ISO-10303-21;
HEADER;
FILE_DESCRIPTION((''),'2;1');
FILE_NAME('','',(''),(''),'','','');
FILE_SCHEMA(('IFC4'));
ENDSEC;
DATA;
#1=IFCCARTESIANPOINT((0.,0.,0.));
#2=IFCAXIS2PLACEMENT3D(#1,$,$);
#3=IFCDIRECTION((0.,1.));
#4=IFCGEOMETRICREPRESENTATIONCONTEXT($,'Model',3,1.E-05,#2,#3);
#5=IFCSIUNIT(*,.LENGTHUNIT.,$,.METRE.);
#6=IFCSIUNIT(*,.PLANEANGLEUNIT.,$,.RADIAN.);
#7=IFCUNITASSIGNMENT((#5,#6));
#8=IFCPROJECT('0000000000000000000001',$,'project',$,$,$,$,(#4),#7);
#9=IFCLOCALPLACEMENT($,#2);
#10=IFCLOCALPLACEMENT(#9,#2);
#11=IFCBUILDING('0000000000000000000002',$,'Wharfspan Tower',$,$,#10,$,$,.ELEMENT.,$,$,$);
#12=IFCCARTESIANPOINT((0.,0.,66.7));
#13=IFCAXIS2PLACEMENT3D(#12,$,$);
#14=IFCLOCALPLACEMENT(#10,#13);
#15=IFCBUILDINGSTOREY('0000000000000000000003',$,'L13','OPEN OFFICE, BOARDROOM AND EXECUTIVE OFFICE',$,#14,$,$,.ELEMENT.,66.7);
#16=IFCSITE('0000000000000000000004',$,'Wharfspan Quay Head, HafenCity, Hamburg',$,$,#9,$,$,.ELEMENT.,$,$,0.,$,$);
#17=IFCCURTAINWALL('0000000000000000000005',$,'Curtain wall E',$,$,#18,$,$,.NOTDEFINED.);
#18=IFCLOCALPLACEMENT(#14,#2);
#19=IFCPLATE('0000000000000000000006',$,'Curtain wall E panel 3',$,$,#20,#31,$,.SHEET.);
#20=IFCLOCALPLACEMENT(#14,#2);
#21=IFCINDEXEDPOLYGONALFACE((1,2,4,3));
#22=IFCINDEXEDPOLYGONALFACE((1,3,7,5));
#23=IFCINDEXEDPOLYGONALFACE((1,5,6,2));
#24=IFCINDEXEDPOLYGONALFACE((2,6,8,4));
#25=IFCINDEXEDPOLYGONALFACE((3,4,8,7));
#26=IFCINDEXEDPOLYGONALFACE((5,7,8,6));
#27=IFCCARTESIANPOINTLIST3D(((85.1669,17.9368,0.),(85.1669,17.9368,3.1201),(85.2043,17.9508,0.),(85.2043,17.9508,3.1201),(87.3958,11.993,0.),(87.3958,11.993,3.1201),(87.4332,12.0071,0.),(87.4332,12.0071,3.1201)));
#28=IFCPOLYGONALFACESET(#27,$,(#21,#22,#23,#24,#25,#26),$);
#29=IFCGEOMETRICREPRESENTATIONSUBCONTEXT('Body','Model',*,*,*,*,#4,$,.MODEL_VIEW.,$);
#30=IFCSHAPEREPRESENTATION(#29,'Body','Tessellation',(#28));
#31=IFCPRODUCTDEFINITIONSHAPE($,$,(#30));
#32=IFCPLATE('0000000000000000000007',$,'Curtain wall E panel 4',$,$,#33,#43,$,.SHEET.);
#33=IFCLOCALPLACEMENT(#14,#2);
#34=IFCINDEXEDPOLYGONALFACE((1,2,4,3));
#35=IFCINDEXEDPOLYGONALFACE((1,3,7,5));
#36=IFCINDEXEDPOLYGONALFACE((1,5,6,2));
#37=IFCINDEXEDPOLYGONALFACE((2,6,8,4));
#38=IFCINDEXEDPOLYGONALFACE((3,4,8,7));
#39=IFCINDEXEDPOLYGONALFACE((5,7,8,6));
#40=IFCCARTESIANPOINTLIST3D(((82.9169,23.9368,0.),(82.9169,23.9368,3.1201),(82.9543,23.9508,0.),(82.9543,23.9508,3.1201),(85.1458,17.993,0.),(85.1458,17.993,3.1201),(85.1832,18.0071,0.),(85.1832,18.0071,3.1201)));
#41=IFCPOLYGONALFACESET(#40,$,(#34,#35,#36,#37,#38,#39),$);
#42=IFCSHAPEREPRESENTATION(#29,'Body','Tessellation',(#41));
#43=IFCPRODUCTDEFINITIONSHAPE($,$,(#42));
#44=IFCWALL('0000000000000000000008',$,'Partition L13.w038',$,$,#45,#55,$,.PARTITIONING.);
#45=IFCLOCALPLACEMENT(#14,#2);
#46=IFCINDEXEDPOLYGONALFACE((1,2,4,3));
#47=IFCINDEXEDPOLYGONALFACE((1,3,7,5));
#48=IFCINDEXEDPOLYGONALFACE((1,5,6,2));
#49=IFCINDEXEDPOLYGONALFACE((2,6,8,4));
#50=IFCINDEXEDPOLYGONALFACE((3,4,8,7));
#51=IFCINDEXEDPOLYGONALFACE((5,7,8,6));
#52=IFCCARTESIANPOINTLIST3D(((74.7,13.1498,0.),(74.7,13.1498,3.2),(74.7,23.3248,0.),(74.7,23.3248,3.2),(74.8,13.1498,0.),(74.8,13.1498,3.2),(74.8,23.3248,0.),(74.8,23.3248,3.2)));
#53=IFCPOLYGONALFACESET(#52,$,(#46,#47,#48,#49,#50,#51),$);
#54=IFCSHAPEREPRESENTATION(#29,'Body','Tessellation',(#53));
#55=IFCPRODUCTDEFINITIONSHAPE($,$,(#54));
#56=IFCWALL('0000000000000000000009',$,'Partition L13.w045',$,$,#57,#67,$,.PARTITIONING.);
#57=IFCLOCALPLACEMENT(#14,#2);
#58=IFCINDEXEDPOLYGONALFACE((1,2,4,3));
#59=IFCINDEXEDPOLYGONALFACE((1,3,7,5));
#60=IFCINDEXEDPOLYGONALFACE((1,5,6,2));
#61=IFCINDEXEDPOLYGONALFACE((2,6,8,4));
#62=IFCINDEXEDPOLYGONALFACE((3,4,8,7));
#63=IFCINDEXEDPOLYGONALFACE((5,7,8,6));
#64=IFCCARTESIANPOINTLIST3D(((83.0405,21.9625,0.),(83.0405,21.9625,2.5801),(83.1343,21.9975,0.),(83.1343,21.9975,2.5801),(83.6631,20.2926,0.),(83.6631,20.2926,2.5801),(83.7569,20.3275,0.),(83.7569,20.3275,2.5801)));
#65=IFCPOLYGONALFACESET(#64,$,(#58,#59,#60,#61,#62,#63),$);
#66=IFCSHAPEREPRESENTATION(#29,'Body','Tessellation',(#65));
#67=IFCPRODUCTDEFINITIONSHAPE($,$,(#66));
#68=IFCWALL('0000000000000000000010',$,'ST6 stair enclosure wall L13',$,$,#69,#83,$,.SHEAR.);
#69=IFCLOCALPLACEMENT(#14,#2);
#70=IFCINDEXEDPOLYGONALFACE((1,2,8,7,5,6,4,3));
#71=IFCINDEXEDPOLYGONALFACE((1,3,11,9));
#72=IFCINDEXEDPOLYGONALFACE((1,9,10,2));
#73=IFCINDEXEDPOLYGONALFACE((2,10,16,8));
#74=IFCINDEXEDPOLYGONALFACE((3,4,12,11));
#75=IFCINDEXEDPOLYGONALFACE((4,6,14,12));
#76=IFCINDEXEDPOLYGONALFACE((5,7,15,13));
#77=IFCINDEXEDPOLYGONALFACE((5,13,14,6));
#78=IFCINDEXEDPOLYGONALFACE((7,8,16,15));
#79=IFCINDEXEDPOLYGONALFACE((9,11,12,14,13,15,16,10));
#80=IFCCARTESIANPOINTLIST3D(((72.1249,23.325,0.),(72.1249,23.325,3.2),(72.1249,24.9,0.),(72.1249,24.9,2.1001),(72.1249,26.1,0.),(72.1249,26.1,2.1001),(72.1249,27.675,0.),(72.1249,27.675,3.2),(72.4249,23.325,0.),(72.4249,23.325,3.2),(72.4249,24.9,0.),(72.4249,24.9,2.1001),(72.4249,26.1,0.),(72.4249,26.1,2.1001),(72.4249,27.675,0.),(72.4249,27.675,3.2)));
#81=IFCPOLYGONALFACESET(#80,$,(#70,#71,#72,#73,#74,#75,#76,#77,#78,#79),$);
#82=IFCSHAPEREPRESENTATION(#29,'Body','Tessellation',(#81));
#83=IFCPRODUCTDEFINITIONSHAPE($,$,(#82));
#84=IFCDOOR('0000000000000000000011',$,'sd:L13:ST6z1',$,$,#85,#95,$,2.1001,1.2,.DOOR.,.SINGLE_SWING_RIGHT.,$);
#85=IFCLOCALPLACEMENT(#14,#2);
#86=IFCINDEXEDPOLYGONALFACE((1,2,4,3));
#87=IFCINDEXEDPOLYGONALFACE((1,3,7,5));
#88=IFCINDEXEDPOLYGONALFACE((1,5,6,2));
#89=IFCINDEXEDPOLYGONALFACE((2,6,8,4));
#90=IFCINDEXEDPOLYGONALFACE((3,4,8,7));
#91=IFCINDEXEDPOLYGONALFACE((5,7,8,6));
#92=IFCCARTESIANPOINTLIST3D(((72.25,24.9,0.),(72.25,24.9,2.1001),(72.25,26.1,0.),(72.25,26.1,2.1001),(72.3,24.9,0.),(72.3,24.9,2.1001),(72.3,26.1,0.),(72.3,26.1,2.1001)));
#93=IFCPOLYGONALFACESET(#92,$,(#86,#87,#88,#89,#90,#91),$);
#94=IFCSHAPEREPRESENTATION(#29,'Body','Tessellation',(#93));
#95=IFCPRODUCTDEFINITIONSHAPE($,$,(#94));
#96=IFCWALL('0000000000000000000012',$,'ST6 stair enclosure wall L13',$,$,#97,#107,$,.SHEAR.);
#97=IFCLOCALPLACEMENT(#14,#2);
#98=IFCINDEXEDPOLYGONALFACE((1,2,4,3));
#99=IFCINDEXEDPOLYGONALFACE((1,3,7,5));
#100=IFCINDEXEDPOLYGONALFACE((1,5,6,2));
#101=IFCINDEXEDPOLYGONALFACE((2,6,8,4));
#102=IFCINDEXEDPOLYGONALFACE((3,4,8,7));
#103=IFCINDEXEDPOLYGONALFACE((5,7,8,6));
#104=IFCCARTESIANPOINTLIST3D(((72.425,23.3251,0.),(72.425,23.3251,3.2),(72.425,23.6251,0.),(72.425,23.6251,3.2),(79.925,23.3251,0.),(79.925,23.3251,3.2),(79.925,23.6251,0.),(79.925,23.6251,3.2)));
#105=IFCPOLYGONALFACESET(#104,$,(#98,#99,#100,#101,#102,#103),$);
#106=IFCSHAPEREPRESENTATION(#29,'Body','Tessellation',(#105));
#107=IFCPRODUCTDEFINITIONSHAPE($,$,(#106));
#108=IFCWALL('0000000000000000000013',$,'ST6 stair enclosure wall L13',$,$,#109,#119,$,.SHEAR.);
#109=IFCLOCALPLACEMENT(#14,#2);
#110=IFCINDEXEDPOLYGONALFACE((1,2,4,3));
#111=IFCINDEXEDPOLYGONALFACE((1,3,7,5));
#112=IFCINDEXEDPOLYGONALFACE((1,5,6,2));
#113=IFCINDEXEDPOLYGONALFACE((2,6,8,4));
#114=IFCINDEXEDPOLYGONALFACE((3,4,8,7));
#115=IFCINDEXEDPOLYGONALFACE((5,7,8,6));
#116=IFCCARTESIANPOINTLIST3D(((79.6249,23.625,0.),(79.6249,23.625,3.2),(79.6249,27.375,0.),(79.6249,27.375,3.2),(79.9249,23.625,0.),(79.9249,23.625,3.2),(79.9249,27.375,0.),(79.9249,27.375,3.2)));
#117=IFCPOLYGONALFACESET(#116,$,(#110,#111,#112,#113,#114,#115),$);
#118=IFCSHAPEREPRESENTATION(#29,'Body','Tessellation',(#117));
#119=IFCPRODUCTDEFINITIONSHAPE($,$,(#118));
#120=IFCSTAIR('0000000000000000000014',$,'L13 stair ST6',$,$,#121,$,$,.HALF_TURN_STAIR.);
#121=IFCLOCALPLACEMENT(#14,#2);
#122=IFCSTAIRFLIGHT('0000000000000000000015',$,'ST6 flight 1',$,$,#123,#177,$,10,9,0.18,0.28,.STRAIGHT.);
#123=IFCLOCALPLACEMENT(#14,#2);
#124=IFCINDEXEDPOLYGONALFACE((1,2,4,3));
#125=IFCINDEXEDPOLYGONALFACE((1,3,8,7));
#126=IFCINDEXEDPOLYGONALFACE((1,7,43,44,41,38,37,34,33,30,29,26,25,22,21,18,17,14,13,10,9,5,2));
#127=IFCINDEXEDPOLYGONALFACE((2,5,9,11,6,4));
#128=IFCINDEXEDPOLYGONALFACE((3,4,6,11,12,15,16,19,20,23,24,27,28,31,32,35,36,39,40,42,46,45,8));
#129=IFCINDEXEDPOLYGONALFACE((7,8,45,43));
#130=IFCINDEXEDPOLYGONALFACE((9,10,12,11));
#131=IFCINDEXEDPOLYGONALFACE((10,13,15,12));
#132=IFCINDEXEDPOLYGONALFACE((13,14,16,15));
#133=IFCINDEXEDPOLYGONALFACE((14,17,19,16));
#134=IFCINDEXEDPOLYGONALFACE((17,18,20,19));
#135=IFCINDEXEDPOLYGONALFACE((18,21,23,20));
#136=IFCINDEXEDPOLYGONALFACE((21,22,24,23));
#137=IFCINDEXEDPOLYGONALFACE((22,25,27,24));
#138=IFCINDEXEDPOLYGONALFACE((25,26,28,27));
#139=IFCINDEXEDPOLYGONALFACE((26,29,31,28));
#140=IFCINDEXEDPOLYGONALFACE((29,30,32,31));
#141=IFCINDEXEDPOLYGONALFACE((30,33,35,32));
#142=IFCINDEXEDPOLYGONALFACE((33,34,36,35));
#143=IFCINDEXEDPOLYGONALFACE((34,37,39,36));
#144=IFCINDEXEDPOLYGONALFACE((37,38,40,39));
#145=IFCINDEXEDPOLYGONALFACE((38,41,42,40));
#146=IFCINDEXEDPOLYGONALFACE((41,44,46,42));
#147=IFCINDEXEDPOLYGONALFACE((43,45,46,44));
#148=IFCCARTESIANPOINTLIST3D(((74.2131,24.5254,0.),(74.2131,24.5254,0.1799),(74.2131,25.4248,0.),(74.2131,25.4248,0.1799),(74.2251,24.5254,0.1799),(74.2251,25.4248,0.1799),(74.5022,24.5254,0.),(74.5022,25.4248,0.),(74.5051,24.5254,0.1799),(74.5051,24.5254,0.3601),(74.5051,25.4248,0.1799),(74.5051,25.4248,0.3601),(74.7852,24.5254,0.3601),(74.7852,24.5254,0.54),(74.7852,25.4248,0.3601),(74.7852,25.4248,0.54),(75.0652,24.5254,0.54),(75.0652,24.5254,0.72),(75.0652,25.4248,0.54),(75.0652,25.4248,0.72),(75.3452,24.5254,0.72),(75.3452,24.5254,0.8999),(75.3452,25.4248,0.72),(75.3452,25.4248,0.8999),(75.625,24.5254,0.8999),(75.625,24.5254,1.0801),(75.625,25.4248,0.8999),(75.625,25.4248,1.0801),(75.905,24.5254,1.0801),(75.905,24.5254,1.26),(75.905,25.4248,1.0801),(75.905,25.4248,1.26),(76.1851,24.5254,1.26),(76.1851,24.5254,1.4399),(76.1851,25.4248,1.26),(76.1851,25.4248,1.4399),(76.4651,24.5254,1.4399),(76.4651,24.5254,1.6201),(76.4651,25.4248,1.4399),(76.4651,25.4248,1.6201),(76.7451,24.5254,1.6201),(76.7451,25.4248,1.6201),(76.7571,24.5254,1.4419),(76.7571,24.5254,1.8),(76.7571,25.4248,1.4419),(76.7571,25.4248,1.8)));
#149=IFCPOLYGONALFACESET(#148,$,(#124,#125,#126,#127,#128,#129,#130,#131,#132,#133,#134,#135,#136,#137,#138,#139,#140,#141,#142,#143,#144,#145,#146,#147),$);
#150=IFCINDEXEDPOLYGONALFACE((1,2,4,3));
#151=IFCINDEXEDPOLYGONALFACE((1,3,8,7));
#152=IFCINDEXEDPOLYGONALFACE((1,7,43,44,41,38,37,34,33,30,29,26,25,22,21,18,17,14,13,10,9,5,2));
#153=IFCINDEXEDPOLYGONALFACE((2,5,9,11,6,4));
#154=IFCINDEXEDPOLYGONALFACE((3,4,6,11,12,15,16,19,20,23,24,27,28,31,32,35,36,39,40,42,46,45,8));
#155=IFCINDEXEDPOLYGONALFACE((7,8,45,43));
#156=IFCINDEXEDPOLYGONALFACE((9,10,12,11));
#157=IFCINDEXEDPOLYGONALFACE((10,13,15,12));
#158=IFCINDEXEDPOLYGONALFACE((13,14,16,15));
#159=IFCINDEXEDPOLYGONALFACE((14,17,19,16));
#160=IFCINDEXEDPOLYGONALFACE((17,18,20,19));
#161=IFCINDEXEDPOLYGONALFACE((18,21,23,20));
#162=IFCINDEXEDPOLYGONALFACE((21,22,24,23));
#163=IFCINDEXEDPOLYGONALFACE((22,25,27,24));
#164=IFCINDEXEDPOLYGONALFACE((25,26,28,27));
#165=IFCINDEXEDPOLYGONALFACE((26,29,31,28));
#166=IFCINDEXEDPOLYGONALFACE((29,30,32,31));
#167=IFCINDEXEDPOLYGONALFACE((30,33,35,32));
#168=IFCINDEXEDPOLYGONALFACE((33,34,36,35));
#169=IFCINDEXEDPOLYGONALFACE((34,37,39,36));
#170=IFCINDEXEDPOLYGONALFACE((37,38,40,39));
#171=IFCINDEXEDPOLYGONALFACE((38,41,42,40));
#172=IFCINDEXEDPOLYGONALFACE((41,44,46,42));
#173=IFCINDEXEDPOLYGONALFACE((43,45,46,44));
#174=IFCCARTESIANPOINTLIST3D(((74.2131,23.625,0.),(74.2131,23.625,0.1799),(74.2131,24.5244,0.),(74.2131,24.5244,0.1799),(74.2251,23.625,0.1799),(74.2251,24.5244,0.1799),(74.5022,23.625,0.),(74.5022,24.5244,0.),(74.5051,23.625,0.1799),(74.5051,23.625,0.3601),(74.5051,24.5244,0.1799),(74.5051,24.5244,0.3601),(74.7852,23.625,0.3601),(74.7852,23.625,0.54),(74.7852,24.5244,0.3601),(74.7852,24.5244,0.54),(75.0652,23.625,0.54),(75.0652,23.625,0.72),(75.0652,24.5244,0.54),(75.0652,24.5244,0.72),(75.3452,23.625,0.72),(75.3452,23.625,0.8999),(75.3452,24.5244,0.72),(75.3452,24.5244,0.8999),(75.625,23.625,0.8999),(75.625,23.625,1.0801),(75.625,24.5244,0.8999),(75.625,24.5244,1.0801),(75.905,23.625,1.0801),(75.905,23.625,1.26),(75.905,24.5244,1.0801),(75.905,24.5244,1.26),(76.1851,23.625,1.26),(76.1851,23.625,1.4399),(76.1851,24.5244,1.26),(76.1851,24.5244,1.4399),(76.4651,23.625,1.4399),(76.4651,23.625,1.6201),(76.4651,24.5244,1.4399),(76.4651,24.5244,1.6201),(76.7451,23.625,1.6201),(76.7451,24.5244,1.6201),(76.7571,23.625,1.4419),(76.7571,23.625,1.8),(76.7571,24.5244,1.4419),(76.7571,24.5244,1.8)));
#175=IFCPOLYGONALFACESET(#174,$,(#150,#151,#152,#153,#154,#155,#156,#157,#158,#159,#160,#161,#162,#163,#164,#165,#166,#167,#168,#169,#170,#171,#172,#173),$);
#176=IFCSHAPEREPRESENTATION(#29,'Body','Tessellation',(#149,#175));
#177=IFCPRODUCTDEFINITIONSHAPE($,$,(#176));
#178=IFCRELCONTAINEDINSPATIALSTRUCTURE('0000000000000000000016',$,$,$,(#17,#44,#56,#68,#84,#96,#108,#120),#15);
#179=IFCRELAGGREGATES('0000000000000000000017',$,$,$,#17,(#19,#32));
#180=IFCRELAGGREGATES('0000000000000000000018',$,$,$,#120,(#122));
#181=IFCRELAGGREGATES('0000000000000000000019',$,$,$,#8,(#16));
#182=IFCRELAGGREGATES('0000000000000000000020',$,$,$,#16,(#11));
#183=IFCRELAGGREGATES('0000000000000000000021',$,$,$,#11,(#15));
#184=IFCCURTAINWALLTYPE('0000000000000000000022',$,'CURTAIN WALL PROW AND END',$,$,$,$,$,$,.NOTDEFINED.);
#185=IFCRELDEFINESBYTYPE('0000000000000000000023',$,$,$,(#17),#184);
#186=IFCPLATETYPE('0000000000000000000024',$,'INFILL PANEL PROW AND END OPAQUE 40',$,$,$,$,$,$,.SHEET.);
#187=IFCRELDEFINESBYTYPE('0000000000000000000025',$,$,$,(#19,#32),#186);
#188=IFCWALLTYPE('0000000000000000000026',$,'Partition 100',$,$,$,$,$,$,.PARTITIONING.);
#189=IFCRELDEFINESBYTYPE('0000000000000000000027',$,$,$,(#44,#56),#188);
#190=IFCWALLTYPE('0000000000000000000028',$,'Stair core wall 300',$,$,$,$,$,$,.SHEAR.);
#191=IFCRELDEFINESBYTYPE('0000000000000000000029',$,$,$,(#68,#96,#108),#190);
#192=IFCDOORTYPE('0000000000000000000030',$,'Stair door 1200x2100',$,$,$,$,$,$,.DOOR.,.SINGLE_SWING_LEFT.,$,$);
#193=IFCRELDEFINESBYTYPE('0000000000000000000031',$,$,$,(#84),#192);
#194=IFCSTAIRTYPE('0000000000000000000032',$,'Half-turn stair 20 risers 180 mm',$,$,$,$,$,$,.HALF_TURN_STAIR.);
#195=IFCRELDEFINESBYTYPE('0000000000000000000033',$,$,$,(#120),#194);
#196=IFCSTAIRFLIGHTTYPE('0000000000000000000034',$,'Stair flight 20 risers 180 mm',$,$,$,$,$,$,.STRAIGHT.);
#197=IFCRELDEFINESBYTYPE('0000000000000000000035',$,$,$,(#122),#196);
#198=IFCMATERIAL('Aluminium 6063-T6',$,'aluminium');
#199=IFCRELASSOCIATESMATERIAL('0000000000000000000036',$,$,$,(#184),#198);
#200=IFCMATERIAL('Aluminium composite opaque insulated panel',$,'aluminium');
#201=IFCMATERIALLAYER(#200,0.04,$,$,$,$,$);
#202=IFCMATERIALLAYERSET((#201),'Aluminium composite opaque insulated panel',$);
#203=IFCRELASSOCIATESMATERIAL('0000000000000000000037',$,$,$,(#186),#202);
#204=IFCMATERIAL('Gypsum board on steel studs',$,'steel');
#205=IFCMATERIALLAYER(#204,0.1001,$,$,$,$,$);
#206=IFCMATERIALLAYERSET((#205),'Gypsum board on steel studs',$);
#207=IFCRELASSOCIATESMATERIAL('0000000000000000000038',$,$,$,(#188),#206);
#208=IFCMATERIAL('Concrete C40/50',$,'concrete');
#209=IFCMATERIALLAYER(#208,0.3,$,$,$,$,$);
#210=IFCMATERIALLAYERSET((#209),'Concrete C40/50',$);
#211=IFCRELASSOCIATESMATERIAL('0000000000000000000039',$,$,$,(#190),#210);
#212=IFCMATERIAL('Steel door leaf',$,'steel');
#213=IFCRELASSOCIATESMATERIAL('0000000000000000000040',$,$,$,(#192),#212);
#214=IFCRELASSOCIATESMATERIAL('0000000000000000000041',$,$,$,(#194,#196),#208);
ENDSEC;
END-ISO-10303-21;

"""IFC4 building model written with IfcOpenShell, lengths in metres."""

from ifc_helpers import new_model, si_unit, direction, frame, frame_2d, origin, origin_2d, place, context, subcontext, project, spatial, polyline, rectangle, outline, extrude, material, layer, layer_set, type_object, element, fill, aggregate, save


model = new_model("IFC4")

# Units and contexts
model_context = context("Model", 3, precision=1e-05, world=origin(), true_north=direction((0.0, 1.0)))
body_context = subcontext(model_context, "Body", "Model", "MODEL_VIEW")
ifc_project = project(units=[si_unit("LENGTHUNIT", "METRE"), si_unit("PLANEANGLEUNIT", "RADIAN")], contexts=[model_context])

# Site, building, storey
site_placement = place(None, origin())
site = spatial("IfcSite", under=ifc_project, at=site_placement, Name="Wharfspan Quay Head, HafenCity, Hamburg", CompositionType="ELEMENT", RefElevation=0.0)
building_placement = place(site_placement, origin())
building = spatial("IfcBuilding", under=site, at=building_placement, Name="Wharfspan Tower", CompositionType="ELEMENT")
storey_placement = place(building_placement, frame((0.0, 0.0, 66.7)))
storey = spatial("IfcBuildingStorey", under=building, at=storey_placement, Name="L13", Description="OPEN OFFICE, BOARDROOM AND EXECUTIVE OFFICE", CompositionType="ELEMENT", Elevation=66.7)

# Curtain wall
ifc_material_1 = material(Name="Aluminium 6063-T6", Category="aluminium")
curtain_wall_type = type_object("IfcCurtainWallType", Name="CURTAIN WALL PROW AND END", PredefinedType="NOTDEFINED", material=ifc_material_1)
curtain_wall_placement = place(storey_placement, origin())
curtain_wall = element("IfcCurtainWall", 1, at=curtain_wall_placement, inside=storey, type_object=curtain_wall_type, Name="Curtain wall E", PredefinedType="NOTDEFINED")

# Plates
ifc_material_2 = material(Name="Aluminium composite opaque insulated panel", Category="aluminium")
ifc_layer_1 = layer(ifc_material_2, 0.04)
ifc_layer_set_1 = layer_set([ifc_layer_1], Name="Aluminium composite opaque insulated panel")
plate_type = type_object("IfcPlateType", Name="INFILL PANEL PROW AND END OPAQUE 40", PredefinedType="SHEET", material=ifc_layer_set_1)
plate_1_placement = place(storey_placement, frame((86.3, 14.9719, 0.0), z_axis=(0.0, 0.0, 1.0), x_axis=(-0.351123, 0.936328, 0.0)))
plate_1 = element("IfcPlate", 2, at=plate_1_placement, type_object=plate_type, Name="Curtain wall E panel 3", PredefinedType="SHEET", context=body_context, shape_type="SweptSolid", body=[
    extrude(rectangle(XDim=6.3479, YDim=0.04, at=origin_2d()), origin(), (0.0, 0.0, 1.0), 3.1201),
])
plate_2_placement = place(storey_placement, frame((84.05, 20.9719, 0.0), z_axis=(0.0, 0.0, 1.0), x_axis=(-0.351123, 0.936328, 0.0)))
plate_2 = element("IfcPlate", 3, at=plate_2_placement, type_object=plate_type, Name="Curtain wall E panel 4", PredefinedType="SHEET", context=body_context, shape_type="SweptSolid", body=[
    extrude(rectangle(XDim=6.3479, YDim=0.04, at=origin_2d()), origin(), (0.0, 0.0, 1.0), 3.1201),
])
aggregate(curtain_wall, [plate_1, plate_2])

# Walls
ifc_material_3 = material(Name="Gypsum board on steel studs", Category="steel")
ifc_layer_2 = layer(ifc_material_3, 0.1001)
ifc_layer_set_2 = layer_set([ifc_layer_2], Name="Gypsum board on steel studs")
wall_type_1 = type_object("IfcWallType", Name="Partition 100", PredefinedType="PARTITIONING", material=ifc_layer_set_2)
wall_1_placement = place(storey_placement, frame((74.75, 13.1499, 0.0), z_axis=(0.0, 0.0, 1.0), x_axis=(0.0, 1.0, 0.0)))
element("IfcWall", 4, at=wall_1_placement, inside=storey, type_object=wall_type_1, Name="Partition L13.w038", PredefinedType="PARTITIONING", context=body_context, shape_type="SweptSolid", body=[
    extrude(rectangle(XDim=10.175, YDim=0.1001, at=frame_2d((5.0874, 0.0))), origin(), (0.0, 0.0, 1.0), 3.2),
])
wall_2_placement = place(storey_placement, frame((83.71, 20.3101, 0.0), z_axis=(0.0, 0.0, 1.0), x_axis=(-0.349322, 0.937005, 0.0)))
element("IfcWall", 5, at=wall_2_placement, inside=storey, type_object=wall_type_1, Name="Partition L13.w045", PredefinedType="PARTITIONING", context=body_context, shape_type="SweptSolid", body=[
    extrude(rectangle(XDim=1.7822, YDim=0.1001, at=frame_2d((0.8911, 0.0))), origin(), (0.0, 0.0, 1.0), 2.5801),
])

# Wall, opening, door
ifc_material_4 = material(Name="Concrete C40/50", Category="concrete")
ifc_layer_3 = layer(ifc_material_4, 0.3)
ifc_layer_set_3 = layer_set([ifc_layer_3], Name="Concrete C40/50")
wall_type_2 = type_object("IfcWallType", Name="Stair core wall 300", PredefinedType="SHEAR", material=ifc_layer_set_3)
wall_3_placement = place(storey_placement, frame((72.2749, 23.325, 0.0), z_axis=(0.0, 0.0, 1.0), x_axis=(0.0, 1.0, 0.0)))
wall_3 = element("IfcWall", 6, at=wall_3_placement, inside=storey, type_object=wall_type_2, Name="ST6 stair enclosure wall L13", PredefinedType="SHEAR", context=body_context, shape_type="SweptSolid", body=[
    extrude(rectangle(XDim=4.3501, YDim=0.3, at=frame_2d((2.175, 0.0))), origin(), (0.0, 0.0, 1.0), 3.2),
])
opening_placement = place(wall_3_placement, frame((1.575, 0.0, 0.0)))
opening = element("IfcOpeningElement", 7, at=opening_placement, cuts=wall_3, PredefinedType="OPENING", context=body_context, shape_type="SweptSolid", body=[
    extrude(rectangle(XDim=1.2, YDim=2.1001, at=frame_2d((0.6001, 1.05))), frame((0.0, 0.1599, 0.0), z_axis=(0.0, -1.0, 0.0), x_axis=(1.0, 0.0, 0.0)), (0.0, 0.0, 1.0), 0.3201),
])
ifc_material_5 = material(Name="Steel door leaf", Category="steel")
door_type = type_object("IfcDoorType", Name="Stair door 1200x2100", OperationType="SINGLE_SWING_LEFT", PredefinedType="DOOR", material=ifc_material_5)
door_placement = place(opening_placement, origin())
door = element("IfcDoor", 8, at=door_placement, inside=storey, type_object=door_type, Name="sd:L13:ST6z1", OperationType="SINGLE_SWING_RIGHT", OverallHeight=2.1001, OverallWidth=1.2, PredefinedType="DOOR", context=body_context, shape_type="SweptSolid", body=[
    extrude(rectangle(XDim=1.2, YDim=2.1001, at=frame_2d((0.6001, 1.05))), frame((0.0, 0.0249, 0.0), z_axis=(0.0, -1.0, 0.0), x_axis=(1.0, 0.0, 0.0)), (0.0, 0.0, 1.0), 0.05),
])
fill(opening, door)

# Walls
wall_4_placement = place(storey_placement, frame((72.425, 23.4751, 0.0), z_axis=(0.0, 0.0, 1.0), x_axis=(1.0, 0.0, 0.0)))
element("IfcWall", 9, at=wall_4_placement, inside=storey, type_object=wall_type_2, Name="ST6 stair enclosure wall L13", PredefinedType="SHEAR", context=body_context, shape_type="SweptSolid", body=[
    extrude(rectangle(XDim=7.5, YDim=0.3, at=frame_2d((3.75, 0.0))), origin(), (0.0, 0.0, 1.0), 3.2),
])
wall_5_placement = place(storey_placement, frame((79.7749, 23.625, 0.0), z_axis=(0.0, 0.0, 1.0), x_axis=(0.0, 1.0, 0.0)))
element("IfcWall", 10, at=wall_5_placement, inside=storey, type_object=wall_type_2, Name="ST6 stair enclosure wall L13", PredefinedType="SHEAR", context=body_context, shape_type="SweptSolid", body=[
    extrude(rectangle(XDim=3.75, YDim=0.3, at=frame_2d((1.875, 0.0))), origin(), (0.0, 0.0, 1.0), 3.2),
])

# Stair, stair flight
stair_type = type_object("IfcStairType", Name="Half-turn stair 20 risers 180 mm", PredefinedType="HALF_TURN_STAIR", material=ifc_material_4)
stair_placement = place(storey_placement, origin())
stair = element("IfcStair", 11, at=stair_placement, inside=storey, type_object=stair_type, Name="L13 stair ST6", PredefinedType="HALF_TURN_STAIR")
stair_flight_type = type_object("IfcStairFlightType", Name="Stair flight 20 risers 180 mm", PredefinedType="STRAIGHT", material=ifc_material_4)
stair_flight_1_placement = place(storey_placement, frame((74.2251, 24.5249, 0.0), z_axis=(0.0, 0.0, 1.0), x_axis=(1.0, 0.0, 0.0)))
stair_flight_1 = element("IfcStairFlight", 12, at=stair_flight_1_placement, type_object=stair_flight_type, Name="ST6 flight 1", NumberOfRisers=10, NumberOfTreads=9, PredefinedType="STRAIGHT", RiserHeight=0.18, TreadLength=0.28, context=body_context, shape_type="SweptSolid", body=[
    extrude(outline(polyline([(-0.012, 0.0), (-0.012, 0.1799), (0.0, 0.1799), (0.28, 0.1799), (0.28, 0.3601), (0.5601, 0.3601), (0.5601, 0.54), (0.8401, 0.54), (0.8401, 0.72), (1.1201, 0.72), (1.1201, 0.8999), (1.3999, 0.8999), (1.3999, 1.0801), (1.6799, 1.0801), (1.6799, 1.26), (1.96, 1.26), (1.96, 1.4399), (2.24, 1.4399), (2.24, 1.6201), (2.52, 1.6201), (2.532, 1.8), (2.532, 1.4419), (0.2771, 0.0), (-0.012, 0.0)])), frame((0.0, 0.8999, 0.0), z_axis=(0.0, -1.0, 0.0), x_axis=(1.0, 0.0, 0.0)), (0.0, 0.0, 1.0), 0.8994),
    extrude(outline(polyline([(-0.012, 0.0), (-0.012, 0.1799), (0.0, 0.1799), (0.28, 0.1799), (0.28, 0.3601), (0.5601, 0.3601), (0.5601, 0.54), (0.8401, 0.54), (0.8401, 0.72), (1.1201, 0.72), (1.1201, 0.8999), (1.3999, 0.8999), (1.3999, 1.0801), (1.6799, 1.0801), (1.6799, 1.26), (1.96, 1.26), (1.96, 1.4399), (2.24, 1.4399), (2.24, 1.6201), (2.52, 1.6201), (2.532, 1.8), (2.532, 1.4419), (0.2771, 0.0), (-0.012, 0.0)])), frame((0.0, -0.0005, 0.0), z_axis=(0.0, -1.0, 0.0), x_axis=(1.0, 0.0, 0.0)), (0.0, 0.0, 1.0), 0.8994),
])
aggregate(stair, [stair_flight_1])

save(model, "model.ifc")
